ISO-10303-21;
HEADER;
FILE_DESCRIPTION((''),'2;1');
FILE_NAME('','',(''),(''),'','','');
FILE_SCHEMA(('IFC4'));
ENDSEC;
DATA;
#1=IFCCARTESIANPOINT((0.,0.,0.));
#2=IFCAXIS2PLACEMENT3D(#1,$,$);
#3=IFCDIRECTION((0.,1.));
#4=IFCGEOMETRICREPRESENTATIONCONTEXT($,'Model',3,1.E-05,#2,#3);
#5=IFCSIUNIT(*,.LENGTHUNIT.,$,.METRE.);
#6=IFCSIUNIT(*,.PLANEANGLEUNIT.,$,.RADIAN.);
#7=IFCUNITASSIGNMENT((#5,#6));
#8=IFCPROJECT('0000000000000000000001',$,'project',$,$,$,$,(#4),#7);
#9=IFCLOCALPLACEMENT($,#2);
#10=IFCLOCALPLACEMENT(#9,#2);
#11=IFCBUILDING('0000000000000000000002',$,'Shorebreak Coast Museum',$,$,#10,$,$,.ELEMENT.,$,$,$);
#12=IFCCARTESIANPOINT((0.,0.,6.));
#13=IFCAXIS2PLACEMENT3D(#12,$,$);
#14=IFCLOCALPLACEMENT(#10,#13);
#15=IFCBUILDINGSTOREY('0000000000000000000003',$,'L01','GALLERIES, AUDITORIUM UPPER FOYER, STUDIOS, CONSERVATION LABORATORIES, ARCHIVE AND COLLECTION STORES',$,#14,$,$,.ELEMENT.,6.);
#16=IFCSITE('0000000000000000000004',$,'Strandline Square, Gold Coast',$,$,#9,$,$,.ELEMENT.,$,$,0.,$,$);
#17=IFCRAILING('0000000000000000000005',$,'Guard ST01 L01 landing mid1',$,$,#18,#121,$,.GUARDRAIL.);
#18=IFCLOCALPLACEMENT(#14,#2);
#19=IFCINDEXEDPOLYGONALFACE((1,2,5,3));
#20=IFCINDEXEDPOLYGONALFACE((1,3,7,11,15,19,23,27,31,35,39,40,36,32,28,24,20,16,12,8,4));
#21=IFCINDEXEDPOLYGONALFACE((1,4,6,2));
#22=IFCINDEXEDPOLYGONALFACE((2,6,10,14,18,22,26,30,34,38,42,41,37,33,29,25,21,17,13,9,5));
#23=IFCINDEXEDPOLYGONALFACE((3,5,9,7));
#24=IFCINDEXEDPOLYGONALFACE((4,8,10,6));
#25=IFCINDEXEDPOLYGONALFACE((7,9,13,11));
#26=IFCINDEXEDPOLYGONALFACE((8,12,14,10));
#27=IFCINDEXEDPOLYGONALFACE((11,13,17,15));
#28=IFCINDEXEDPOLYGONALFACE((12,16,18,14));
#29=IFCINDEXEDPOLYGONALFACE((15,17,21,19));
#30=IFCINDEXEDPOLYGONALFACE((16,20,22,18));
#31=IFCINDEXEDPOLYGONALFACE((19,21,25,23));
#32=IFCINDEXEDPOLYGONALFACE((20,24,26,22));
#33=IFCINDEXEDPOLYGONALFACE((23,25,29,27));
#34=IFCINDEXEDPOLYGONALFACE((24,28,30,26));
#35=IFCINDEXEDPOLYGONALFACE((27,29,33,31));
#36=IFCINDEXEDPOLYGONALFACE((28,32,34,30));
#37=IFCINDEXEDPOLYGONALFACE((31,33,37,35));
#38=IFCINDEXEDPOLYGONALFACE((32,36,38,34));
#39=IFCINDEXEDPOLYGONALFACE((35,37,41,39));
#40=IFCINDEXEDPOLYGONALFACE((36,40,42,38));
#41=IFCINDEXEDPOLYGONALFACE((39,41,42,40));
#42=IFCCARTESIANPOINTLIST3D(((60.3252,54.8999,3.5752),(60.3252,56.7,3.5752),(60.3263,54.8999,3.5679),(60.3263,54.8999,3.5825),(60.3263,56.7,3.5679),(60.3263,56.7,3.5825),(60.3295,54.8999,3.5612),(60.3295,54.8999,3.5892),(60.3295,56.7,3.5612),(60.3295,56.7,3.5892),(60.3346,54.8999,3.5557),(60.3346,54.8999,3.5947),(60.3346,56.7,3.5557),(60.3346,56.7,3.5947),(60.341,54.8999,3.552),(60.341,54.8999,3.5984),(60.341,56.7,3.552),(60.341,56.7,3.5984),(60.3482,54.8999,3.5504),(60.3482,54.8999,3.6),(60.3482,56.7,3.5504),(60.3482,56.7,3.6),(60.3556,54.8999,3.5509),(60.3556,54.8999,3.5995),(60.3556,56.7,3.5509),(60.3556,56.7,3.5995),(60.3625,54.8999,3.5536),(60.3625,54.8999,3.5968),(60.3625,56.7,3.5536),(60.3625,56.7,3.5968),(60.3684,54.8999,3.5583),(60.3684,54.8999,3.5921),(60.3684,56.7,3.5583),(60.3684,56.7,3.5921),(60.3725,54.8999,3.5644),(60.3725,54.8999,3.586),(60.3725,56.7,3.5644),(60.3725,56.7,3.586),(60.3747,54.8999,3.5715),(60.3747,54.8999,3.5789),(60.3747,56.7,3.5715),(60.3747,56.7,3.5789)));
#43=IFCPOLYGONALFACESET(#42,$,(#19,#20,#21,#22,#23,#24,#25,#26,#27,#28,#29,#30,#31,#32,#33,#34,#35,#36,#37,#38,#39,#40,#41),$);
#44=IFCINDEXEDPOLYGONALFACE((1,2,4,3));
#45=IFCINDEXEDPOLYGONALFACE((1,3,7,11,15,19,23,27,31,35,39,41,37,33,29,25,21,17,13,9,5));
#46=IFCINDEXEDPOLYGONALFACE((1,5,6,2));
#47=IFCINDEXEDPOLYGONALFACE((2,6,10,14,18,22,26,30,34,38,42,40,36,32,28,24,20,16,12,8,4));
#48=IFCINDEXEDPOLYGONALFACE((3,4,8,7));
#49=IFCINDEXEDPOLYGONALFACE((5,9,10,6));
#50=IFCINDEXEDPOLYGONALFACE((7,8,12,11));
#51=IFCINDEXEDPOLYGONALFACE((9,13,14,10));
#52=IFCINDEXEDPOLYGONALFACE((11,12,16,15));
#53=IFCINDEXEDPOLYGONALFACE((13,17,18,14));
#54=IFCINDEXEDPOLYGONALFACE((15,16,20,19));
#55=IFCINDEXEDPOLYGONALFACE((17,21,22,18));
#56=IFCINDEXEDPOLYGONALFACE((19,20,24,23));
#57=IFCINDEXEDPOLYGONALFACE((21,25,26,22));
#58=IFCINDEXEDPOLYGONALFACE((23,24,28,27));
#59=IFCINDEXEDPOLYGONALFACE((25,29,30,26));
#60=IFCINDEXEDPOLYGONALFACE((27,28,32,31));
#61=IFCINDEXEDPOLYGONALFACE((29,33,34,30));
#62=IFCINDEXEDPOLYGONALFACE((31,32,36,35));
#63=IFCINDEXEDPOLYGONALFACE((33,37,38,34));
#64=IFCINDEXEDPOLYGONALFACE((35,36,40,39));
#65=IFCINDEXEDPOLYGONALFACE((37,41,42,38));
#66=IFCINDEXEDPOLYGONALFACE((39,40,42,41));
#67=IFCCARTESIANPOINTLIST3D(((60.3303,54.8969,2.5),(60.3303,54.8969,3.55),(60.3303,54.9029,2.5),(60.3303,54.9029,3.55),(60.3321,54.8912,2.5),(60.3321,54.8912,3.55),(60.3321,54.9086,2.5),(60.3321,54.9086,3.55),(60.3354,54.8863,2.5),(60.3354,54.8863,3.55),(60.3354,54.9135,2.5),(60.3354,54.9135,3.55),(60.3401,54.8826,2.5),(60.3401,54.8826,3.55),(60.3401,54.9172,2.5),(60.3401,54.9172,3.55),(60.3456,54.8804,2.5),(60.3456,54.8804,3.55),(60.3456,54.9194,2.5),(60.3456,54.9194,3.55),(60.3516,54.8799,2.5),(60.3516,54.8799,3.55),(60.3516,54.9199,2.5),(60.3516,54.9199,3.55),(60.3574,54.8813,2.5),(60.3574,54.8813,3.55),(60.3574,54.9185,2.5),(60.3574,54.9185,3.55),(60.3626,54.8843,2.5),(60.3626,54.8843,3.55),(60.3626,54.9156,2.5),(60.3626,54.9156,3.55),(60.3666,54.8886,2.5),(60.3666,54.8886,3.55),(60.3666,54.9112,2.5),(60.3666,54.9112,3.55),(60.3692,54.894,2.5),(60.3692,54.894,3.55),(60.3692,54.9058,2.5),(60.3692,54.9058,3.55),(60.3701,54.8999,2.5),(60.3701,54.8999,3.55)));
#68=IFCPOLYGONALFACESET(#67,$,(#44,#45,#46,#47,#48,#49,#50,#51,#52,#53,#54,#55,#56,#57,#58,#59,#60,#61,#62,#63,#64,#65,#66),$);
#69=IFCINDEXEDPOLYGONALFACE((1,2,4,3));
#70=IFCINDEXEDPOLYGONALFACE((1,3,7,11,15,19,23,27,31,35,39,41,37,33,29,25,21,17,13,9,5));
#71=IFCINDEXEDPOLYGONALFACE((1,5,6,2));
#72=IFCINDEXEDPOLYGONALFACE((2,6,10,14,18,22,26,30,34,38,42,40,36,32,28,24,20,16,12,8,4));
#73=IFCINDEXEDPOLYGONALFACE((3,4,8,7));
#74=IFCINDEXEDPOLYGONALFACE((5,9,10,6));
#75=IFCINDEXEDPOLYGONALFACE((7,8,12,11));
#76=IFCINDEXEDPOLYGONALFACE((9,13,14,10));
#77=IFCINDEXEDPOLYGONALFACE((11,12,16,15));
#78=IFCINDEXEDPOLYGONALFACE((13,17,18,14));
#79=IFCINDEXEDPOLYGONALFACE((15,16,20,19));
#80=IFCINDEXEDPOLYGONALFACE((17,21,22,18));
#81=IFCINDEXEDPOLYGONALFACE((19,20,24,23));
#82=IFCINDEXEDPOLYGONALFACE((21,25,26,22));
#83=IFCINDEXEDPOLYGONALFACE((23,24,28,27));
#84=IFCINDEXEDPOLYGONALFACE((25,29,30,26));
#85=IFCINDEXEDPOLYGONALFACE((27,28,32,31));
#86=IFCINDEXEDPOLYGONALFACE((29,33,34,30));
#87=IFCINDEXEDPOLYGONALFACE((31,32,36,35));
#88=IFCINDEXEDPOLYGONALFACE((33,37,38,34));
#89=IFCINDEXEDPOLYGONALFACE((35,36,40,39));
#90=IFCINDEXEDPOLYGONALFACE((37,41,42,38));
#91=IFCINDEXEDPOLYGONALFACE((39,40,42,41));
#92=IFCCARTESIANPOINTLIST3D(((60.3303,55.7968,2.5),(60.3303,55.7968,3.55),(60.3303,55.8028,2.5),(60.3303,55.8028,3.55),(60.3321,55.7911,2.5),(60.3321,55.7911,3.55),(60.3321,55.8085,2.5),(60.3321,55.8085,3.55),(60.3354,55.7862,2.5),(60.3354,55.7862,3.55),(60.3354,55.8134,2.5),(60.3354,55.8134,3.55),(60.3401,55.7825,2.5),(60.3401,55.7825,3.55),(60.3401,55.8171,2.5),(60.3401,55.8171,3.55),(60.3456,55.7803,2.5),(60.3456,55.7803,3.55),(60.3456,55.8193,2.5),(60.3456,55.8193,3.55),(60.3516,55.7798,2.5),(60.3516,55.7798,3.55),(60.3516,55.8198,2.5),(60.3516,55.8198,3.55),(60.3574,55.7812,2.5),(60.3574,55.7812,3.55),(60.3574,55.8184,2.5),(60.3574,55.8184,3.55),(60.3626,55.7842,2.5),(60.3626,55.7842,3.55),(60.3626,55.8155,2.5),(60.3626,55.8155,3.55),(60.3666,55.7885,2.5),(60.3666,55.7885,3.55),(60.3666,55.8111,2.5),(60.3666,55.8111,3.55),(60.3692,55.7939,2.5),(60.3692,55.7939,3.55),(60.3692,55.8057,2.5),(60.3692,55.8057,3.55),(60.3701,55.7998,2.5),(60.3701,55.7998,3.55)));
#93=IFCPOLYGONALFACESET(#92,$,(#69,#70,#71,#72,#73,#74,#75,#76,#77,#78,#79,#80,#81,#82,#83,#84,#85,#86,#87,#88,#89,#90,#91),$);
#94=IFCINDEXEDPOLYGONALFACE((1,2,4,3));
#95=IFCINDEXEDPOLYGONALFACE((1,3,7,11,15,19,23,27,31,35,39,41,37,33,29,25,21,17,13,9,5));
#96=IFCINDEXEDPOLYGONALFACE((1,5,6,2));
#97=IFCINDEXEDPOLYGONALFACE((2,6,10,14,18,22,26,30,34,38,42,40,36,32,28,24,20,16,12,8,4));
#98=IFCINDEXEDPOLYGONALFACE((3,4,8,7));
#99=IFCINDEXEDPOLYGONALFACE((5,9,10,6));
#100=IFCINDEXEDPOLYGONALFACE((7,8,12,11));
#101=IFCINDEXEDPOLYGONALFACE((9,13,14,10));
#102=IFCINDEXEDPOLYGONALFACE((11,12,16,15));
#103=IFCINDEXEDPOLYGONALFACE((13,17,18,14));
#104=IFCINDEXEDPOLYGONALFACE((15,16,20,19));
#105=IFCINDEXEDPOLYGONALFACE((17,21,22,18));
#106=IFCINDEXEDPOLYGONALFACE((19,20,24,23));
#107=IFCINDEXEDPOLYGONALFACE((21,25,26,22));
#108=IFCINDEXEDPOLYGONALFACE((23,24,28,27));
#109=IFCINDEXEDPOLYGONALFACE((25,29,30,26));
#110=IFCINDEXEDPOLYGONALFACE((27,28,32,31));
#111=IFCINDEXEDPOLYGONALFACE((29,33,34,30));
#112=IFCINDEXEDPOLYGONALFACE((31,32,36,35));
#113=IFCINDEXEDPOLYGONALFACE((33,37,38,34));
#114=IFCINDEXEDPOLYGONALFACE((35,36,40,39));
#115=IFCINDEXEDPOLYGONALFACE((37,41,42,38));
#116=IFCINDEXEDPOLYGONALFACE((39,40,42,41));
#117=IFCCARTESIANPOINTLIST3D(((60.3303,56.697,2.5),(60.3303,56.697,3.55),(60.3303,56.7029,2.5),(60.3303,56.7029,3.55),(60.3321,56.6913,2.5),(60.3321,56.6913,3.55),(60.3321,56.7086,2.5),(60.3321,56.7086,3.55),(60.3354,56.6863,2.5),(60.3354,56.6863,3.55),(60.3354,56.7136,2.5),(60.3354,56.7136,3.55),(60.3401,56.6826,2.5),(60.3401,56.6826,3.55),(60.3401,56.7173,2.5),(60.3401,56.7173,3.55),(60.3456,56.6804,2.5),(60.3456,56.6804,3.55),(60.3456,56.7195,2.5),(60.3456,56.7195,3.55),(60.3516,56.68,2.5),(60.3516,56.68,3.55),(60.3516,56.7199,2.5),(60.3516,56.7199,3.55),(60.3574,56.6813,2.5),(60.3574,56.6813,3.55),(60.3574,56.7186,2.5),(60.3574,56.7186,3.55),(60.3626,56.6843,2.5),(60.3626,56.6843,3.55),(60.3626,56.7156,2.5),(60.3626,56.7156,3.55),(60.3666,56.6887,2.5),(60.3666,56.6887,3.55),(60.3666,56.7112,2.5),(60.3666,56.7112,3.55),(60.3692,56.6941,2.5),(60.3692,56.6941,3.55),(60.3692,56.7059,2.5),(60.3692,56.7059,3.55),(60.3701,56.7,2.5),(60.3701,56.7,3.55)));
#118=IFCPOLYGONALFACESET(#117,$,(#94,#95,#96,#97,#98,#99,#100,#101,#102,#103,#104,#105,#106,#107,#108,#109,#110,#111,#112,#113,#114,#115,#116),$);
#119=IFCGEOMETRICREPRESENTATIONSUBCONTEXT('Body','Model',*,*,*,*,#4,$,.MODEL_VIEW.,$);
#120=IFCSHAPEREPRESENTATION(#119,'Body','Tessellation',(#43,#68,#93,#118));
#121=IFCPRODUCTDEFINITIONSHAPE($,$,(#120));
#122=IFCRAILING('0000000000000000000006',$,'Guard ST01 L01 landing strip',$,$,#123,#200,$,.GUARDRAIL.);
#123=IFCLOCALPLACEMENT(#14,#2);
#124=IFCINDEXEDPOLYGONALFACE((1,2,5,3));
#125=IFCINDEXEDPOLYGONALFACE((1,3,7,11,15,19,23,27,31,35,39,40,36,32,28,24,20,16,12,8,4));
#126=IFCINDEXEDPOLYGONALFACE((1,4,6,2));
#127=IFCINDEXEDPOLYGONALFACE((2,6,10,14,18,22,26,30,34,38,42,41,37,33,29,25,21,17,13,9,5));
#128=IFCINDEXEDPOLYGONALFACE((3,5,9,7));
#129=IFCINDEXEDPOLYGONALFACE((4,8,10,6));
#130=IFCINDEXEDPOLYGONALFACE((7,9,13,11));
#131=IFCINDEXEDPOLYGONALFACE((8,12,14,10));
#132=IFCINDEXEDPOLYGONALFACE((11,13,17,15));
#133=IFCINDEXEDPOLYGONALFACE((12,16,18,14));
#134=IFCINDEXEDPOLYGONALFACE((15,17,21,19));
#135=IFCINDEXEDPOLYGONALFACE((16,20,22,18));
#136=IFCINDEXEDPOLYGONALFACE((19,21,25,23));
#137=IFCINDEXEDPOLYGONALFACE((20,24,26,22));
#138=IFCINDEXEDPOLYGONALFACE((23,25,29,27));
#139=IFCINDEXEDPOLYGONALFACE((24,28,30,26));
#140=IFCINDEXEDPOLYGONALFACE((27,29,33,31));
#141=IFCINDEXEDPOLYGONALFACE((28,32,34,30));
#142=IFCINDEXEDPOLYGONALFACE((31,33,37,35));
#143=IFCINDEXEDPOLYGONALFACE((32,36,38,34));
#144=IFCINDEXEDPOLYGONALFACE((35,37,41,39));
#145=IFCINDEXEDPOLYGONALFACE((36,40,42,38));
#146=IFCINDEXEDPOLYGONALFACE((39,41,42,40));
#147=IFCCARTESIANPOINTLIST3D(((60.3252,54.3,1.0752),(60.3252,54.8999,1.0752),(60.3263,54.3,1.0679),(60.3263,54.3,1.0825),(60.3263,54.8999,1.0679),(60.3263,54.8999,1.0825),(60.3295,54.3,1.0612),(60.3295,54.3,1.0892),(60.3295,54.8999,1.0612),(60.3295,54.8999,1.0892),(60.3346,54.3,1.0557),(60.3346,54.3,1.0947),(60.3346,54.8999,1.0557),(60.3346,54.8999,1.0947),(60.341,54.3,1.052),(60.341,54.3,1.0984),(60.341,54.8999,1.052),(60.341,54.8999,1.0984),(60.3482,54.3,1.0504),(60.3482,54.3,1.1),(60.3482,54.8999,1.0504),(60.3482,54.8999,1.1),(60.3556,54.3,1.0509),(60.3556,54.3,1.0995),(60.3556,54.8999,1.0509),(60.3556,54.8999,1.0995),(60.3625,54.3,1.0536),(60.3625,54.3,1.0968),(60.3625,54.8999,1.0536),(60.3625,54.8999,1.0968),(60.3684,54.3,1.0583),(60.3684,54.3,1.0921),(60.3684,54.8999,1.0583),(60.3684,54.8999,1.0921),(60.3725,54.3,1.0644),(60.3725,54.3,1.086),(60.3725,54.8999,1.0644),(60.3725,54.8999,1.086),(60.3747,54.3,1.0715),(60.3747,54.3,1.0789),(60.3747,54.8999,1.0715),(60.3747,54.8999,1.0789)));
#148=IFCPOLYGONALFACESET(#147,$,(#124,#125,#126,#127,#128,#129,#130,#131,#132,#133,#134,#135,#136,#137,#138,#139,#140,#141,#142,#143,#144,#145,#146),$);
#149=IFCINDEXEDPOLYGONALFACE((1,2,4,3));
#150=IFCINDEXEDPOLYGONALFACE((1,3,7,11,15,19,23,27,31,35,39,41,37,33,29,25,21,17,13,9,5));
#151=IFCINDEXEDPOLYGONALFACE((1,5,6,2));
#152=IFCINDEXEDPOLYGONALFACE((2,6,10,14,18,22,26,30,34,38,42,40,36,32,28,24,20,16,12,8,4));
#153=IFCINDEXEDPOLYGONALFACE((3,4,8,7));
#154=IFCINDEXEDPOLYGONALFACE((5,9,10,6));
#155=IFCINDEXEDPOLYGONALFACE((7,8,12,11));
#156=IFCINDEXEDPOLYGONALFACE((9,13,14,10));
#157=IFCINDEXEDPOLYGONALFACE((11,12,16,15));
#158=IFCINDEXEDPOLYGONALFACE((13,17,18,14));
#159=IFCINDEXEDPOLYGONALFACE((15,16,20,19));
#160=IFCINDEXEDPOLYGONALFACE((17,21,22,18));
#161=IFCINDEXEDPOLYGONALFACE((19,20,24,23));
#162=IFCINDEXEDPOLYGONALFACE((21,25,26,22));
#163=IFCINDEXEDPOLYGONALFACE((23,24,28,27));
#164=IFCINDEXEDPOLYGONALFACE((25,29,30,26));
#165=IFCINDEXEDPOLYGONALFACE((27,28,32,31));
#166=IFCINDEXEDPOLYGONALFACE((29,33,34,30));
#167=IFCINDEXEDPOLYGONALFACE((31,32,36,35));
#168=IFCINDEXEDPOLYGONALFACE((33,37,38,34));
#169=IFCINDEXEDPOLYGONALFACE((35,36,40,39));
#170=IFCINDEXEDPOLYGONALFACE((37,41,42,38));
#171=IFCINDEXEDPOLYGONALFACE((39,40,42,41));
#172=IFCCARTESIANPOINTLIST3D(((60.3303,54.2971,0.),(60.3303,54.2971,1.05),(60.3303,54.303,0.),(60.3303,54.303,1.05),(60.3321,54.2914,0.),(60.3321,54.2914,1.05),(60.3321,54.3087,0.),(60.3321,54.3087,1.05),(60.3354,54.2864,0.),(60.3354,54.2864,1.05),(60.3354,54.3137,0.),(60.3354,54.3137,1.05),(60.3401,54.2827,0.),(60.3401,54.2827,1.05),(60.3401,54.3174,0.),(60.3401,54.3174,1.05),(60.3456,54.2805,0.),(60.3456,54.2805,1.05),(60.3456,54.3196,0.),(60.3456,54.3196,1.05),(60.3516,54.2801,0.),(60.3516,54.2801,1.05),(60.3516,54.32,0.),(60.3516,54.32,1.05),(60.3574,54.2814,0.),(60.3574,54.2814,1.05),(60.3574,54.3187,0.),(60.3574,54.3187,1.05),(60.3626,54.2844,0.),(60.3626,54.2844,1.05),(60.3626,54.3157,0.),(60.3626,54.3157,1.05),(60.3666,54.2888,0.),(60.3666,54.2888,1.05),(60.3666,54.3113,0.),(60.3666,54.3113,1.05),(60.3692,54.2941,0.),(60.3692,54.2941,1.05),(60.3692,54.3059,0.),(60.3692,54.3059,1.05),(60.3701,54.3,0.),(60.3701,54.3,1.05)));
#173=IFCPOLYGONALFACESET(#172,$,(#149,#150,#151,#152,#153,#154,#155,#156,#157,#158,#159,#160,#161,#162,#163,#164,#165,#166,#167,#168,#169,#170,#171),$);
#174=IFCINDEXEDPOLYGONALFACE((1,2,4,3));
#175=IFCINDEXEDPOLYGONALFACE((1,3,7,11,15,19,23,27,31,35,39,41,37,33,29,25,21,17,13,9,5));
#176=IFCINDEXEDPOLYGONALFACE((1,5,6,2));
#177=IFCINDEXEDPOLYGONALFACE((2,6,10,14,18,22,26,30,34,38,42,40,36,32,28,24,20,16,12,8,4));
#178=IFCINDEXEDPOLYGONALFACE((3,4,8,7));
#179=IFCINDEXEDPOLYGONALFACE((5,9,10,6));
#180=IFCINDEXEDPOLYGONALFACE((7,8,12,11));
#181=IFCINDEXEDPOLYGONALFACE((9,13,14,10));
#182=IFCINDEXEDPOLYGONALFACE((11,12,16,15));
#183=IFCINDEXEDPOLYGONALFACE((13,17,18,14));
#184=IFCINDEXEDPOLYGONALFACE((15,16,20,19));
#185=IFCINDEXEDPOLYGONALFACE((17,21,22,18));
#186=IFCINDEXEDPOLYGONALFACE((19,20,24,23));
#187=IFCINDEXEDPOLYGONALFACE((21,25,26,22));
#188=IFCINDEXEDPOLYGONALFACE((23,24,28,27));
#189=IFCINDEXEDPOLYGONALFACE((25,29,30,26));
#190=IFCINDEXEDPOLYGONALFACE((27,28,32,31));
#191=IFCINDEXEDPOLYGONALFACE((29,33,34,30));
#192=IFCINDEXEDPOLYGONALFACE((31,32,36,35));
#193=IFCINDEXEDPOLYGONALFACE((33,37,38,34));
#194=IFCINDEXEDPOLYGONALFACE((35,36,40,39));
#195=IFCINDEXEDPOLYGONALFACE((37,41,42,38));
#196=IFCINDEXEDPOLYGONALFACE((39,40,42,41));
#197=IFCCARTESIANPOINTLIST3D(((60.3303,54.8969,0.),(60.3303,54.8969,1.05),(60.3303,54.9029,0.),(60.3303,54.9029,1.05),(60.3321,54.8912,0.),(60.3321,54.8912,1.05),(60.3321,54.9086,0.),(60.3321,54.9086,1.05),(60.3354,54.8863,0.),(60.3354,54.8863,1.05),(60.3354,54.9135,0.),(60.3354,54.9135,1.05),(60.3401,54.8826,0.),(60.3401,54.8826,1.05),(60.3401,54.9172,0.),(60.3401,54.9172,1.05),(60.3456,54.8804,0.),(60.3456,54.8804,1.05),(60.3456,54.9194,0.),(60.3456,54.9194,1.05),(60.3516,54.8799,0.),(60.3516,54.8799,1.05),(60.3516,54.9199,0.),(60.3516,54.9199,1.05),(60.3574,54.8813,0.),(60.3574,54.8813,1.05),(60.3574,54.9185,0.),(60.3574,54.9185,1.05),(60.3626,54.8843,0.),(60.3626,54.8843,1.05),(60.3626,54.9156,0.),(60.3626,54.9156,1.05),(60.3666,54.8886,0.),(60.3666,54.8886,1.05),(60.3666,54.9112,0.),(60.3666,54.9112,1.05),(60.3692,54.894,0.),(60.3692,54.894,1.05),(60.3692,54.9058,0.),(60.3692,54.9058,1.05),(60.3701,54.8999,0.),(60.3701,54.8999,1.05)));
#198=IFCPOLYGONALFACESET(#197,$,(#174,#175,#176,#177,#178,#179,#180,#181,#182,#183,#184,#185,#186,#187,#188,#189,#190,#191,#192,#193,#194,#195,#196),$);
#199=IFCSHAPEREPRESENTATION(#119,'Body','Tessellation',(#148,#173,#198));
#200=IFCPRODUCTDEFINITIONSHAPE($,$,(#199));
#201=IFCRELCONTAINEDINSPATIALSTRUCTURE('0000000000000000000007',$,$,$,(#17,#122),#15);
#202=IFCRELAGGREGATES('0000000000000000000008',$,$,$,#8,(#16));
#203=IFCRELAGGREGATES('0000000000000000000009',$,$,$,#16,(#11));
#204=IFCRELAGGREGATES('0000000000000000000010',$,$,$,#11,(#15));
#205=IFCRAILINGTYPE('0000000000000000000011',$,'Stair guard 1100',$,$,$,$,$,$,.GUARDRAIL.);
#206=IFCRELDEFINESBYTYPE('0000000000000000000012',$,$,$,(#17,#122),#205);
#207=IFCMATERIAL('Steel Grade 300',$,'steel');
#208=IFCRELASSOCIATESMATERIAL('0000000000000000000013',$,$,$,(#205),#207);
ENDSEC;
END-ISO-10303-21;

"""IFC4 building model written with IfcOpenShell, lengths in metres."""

from ifc_helpers import new_model, si_unit, direction, frame, origin, origin_2d, place, context, subcontext, project, spatial, circle, extrude, material, type_object, element, save


model = new_model("IFC4")

# Units and contexts
model_context = context("Model", 3, precision=1e-05, world=origin(), true_north=direction((0.0, 1.0)))
body_context = subcontext(model_context, "Body", "Model", "MODEL_VIEW")
ifc_project = project(units=[si_unit("LENGTHUNIT", "METRE"), si_unit("PLANEANGLEUNIT", "RADIAN")], contexts=[model_context])

# Site, building, storey
site_placement = place(None, origin())
site = spatial("IfcSite", under=ifc_project, at=site_placement, Name="Strandline Square, Gold Coast", CompositionType="ELEMENT", RefElevation=0.0)
building_placement = place(site_placement, origin())
building = spatial("IfcBuilding", under=site, at=building_placement, Name="Shorebreak Coast Museum", CompositionType="ELEMENT")
storey_placement = place(building_placement, frame((0.0, 0.0, 6.0)))
storey = spatial("IfcBuildingStorey", under=building, at=storey_placement, Name="L01", Description="GALLERIES, AUDITORIUM UPPER FOYER, STUDIOS, CONSERVATION LABORATORIES, ARCHIVE AND COLLECTION STORES", CompositionType="ELEMENT", Elevation=6.0)

# Railings
ifc_material_1 = material(Name="Steel Grade 300", Category="steel")
railing_type_1 = type_object("IfcRailingType", Name="Stair guard 1100", PredefinedType="GUARDRAIL", material=ifc_material_1)
railing_1_placement = place(storey_placement, frame((60.3501, 54.8999, 2.5)))
element("IfcRailing", 1, at=railing_1_placement, inside=storey, type_object=railing_type_1, Name="Guard ST01 L01 landing mid1", PredefinedType="GUARDRAIL", context=body_context, shape_type="SweptSolid", body=[
    extrude(circle(Radius=0.0249, at=origin_2d()), frame((0.0, 0.0, 1.0752), z_axis=(0.0, 1.0, 0.0), x_axis=(-1.0, 0.0, 0.0)), (0.0, 0.0, 1.0), 1.8),
    extrude(circle(Radius=0.02, at=origin_2d()), origin(), (0.0, 0.0, 1.0), 1.05),
    extrude(circle(Radius=0.02, at=origin_2d()), frame((0.0, 0.8999, 0.0)), (0.0, 0.0, 1.0), 1.05),
    extrude(circle(Radius=0.02, at=origin_2d()), frame((0.0, 1.8, 0.0)), (0.0, 0.0, 1.0), 1.05),
])
for number, where, name in (
    (2, (60.3501, 54.3, 0.0), "Guard ST01 L01 landing strip"),
):
    element("IfcRailing", number, at=place(storey_placement, frame(where)), inside=storey, type_object=railing_type_1, Name=name, PredefinedType="GUARDRAIL", context=body_context, shape_type="SweptSolid", body=[
        extrude(circle(Radius=0.0249, at=origin_2d()), frame((0.0, 0.0, 1.0752), z_axis=(0.0, 1.0, 0.0), x_axis=(-1.0, 0.0, 0.0)), (0.0, 0.0, 1.0), 0.5999),
        extrude(circle(Radius=0.02, at=origin_2d()), origin(), (0.0, 0.0, 1.0), 1.05),
        extrude(circle(Radius=0.02, at=origin_2d()), frame((0.0, 0.5999, 0.0)), (0.0, 0.0, 1.0), 1.05),
    ])

save(model, "model.ifc")
